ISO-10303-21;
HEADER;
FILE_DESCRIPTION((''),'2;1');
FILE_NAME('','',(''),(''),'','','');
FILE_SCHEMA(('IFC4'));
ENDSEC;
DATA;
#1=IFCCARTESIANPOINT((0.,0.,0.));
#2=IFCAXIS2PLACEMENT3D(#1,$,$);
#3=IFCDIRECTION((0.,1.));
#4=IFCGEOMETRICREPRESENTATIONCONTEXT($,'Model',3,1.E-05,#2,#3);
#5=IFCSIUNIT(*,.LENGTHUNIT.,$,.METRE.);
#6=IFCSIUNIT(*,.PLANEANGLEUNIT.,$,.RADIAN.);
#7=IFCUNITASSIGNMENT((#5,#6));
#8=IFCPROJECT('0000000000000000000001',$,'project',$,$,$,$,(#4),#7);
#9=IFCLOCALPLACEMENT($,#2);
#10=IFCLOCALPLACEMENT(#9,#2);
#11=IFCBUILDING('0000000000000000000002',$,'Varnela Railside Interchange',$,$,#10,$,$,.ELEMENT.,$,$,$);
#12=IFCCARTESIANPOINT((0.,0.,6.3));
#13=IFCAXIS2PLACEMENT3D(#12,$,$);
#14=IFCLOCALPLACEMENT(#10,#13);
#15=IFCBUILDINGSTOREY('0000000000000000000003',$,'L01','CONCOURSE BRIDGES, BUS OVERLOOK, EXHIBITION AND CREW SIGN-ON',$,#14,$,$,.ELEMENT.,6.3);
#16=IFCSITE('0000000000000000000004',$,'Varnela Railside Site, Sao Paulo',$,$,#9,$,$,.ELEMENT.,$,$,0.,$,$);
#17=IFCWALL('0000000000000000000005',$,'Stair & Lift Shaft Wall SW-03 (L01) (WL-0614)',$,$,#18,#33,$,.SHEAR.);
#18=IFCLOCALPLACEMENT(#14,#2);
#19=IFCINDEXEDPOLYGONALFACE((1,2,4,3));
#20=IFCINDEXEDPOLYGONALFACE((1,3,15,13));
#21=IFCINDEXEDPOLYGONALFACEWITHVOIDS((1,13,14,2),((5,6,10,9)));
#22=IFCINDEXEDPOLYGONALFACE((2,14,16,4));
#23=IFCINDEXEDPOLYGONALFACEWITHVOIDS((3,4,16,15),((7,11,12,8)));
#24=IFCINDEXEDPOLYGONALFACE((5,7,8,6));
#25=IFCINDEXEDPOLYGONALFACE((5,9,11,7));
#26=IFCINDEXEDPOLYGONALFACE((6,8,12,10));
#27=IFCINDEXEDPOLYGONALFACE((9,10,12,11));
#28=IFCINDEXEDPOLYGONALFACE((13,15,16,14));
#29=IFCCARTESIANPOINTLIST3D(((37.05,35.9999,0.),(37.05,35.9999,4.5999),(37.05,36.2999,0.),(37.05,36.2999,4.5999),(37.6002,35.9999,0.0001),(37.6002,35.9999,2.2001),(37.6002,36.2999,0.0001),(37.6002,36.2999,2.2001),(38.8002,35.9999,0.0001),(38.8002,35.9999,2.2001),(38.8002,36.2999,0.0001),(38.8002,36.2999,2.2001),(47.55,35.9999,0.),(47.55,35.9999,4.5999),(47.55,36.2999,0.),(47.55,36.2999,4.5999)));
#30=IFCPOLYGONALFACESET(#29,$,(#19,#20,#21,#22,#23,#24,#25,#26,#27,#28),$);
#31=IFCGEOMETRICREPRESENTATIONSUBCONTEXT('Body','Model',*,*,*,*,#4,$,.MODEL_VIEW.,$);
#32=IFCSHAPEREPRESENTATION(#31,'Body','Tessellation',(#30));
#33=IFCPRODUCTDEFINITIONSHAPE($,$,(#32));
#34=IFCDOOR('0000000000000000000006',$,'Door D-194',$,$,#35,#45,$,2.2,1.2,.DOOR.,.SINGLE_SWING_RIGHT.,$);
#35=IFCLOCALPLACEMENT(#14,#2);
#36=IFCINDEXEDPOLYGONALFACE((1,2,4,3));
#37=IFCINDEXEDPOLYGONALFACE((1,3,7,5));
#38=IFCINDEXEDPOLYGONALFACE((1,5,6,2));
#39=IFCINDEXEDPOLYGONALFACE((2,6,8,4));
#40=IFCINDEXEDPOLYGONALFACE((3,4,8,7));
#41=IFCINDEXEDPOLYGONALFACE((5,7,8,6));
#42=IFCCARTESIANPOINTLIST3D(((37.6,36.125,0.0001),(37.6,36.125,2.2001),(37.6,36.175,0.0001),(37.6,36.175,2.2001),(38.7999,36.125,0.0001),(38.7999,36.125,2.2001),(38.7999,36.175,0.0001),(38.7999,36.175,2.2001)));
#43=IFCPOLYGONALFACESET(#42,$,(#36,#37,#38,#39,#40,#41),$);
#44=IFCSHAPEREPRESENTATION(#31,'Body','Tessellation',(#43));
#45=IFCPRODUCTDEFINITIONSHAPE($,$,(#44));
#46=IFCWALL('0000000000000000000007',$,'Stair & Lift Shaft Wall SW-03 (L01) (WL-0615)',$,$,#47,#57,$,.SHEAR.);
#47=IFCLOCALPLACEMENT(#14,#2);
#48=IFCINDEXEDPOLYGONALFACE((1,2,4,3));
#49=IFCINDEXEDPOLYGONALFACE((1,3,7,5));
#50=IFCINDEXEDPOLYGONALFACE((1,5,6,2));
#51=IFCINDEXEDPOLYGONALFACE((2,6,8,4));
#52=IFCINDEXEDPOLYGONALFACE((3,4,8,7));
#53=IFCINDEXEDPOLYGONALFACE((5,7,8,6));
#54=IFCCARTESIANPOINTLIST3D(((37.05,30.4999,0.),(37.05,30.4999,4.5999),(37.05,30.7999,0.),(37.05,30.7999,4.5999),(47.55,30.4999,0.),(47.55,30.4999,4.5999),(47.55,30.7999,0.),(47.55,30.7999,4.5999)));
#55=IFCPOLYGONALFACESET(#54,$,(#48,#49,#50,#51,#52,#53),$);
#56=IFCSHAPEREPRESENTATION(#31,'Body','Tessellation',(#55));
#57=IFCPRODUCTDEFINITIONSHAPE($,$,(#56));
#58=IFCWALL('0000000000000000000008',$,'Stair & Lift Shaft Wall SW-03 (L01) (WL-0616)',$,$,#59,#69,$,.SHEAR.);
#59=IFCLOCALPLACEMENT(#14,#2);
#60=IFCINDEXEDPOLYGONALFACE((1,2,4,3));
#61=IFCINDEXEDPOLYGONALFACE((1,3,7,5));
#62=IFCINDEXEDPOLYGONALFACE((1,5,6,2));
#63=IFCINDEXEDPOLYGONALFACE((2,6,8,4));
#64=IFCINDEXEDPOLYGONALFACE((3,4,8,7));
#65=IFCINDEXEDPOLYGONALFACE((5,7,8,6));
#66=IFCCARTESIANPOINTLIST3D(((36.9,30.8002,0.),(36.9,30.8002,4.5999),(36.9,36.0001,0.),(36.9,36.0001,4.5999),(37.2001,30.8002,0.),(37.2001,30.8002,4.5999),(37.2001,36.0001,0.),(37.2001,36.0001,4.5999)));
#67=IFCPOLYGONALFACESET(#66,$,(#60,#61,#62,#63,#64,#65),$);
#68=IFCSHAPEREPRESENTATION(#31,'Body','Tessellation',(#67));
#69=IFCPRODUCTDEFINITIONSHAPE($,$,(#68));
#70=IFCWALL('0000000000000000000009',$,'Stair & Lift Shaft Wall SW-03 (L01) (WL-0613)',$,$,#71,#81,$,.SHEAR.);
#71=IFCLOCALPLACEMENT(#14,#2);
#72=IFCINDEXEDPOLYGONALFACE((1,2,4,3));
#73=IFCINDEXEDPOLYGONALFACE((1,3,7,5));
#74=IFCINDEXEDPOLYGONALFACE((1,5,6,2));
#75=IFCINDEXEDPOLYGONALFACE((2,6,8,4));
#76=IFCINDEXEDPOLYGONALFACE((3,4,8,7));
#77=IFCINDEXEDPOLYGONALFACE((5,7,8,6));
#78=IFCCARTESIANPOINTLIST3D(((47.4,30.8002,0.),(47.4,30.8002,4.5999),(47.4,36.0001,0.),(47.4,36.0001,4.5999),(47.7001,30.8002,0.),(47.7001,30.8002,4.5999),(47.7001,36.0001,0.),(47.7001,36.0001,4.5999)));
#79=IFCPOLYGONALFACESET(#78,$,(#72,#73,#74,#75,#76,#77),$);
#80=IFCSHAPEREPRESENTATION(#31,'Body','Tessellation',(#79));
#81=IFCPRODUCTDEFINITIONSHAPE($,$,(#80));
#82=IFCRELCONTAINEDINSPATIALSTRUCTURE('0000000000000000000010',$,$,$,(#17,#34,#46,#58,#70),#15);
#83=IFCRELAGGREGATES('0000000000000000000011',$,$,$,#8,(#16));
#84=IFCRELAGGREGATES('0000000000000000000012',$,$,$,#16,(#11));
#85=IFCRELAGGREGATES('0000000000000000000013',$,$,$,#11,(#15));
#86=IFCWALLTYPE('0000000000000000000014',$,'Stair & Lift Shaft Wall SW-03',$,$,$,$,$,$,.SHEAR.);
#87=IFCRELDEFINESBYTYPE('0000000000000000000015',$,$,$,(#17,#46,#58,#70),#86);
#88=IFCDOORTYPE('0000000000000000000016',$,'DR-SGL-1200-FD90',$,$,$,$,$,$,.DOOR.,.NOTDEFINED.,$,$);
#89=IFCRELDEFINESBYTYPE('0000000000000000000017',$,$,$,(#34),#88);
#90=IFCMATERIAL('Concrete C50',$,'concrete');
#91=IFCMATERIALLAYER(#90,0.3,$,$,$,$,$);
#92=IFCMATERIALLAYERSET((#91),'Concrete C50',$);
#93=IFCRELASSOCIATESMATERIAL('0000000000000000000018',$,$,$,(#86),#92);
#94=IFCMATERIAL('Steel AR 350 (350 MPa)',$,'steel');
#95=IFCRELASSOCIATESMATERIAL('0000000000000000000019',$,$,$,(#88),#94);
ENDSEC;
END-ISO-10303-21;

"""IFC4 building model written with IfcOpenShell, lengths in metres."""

from ifc_helpers import new_model, si_unit, direction, frame, frame_2d, origin, place, context, subcontext, project, spatial, rectangle, extrude, material, layer, layer_set, type_object, element, fill, save


model = new_model("IFC4")

# Units and contexts
model_context = context("Model", 3, precision=1e-05, world=origin(), true_north=direction((0.0, 1.0)))
body_context = subcontext(model_context, "Body", "Model", "MODEL_VIEW")
ifc_project = project(units=[si_unit("LENGTHUNIT", "METRE"), si_unit("PLANEANGLEUNIT", "RADIAN")], contexts=[model_context])

# Site, building, storey
site_placement = place(None, origin())
site = spatial("IfcSite", under=ifc_project, at=site_placement, Name="Varnela Railside Site, Sao Paulo", CompositionType="ELEMENT", RefElevation=0.0)
building_placement = place(site_placement, origin())
building = spatial("IfcBuilding", under=site, at=building_placement, Name="Varnela Railside Interchange", CompositionType="ELEMENT")
storey_placement = place(building_placement, frame((0.0, 0.0, 6.3)))
storey = spatial("IfcBuildingStorey", under=building, at=storey_placement, Name="L01", Description="CONCOURSE BRIDGES, BUS OVERLOOK, EXHIBITION AND CREW SIGN-ON", CompositionType="ELEMENT", Elevation=6.3)

# Shared definitions
ifc_material_1 = material(Name="Concrete C50", Category="concrete")

# Wall, opening, door
ifc_layer_1 = layer(ifc_material_1, 0.3)
ifc_layer_set_1 = layer_set([ifc_layer_1], Name="Concrete C50")
wall_type_1 = type_object("IfcWallType", Name="Stair & Lift Shaft Wall SW-03", PredefinedType="SHEAR", material=ifc_layer_set_1)
wall_1_placement = place(storey_placement, frame((37.05, 36.1499, 0.0), z_axis=(0.0, 0.0, 1.0), x_axis=(1.0, 0.0, 0.0)))
wall_1 = element("IfcWall", 1, at=wall_1_placement, inside=storey, type_object=wall_type_1, Name="Stair & Lift Shaft Wall SW-03 (L01) (WL-0614)", PredefinedType="SHEAR", context=body_context, shape_type="SweptSolid", body=[
    extrude(rectangle(XDim=10.5, YDim=0.3, at=frame_2d((5.25, 0.0))), origin(), (0.0, 0.0, 1.0), 4.5999),
])
opening_1_placement = place(wall_1_placement, frame((0.55, 0.0, 0.0)))
opening_1 = element("IfcOpeningElement", 2, at=opening_1_placement, cuts=wall_1, PredefinedType="OPENING", context=body_context, shape_type="SweptSolid", body=[
    extrude(rectangle(XDim=1.2, YDim=2.2, at=frame_2d((0.6001, 1.1001))), frame((0.0, 0.1599, 0.0), z_axis=(0.0, -1.0, 0.0), x_axis=(1.0, 0.0, 0.0)), (0.0, 0.0, 1.0), 0.3201),
])
ifc_material_2 = material(Name="Steel AR 350 (350 MPa)", Category="steel")
door_type = type_object("IfcDoorType", Name="DR-SGL-1200-FD90", OperationType="NOTDEFINED", PredefinedType="DOOR", material=ifc_material_2)
door_placement = place(opening_1_placement, frame((1.2, 0.0, 0.0), z_axis=(0.0, 0.0, 1.0), x_axis=(-1.0, 0.0, 0.0)))
door = element("IfcDoor", 3, at=door_placement, inside=storey, type_object=door_type, Name="Door D-194", OperationType="SINGLE_SWING_RIGHT", OverallHeight=2.2, OverallWidth=1.2, PredefinedType="DOOR", context=body_context, shape_type="SweptSolid", body=[
    extrude(rectangle(XDim=1.2, YDim=2.2, at=frame_2d((0.6001, 1.1001))), frame((0.0, 0.0249, 0.0), z_axis=(0.0, -1.0, 0.0), x_axis=(1.0, 0.0, 0.0)), (0.0, 0.0, 1.0), 0.05),
])
fill(opening_1, door)

# Walls
wall_2_placement = place(storey_placement, frame((37.05, 30.6499, 0.0), z_axis=(0.0, 0.0, 1.0), x_axis=(1.0, 0.0, 0.0)))
element("IfcWall", 4, at=wall_2_placement, inside=storey, type_object=wall_type_1, Name="Stair & Lift Shaft Wall SW-03 (L01) (WL-0615)", PredefinedType="SHEAR", context=body_context, shape_type="SweptSolid", body=[
    extrude(rectangle(XDim=10.5, YDim=0.3, at=frame_2d((5.25, 0.0))), origin(), (0.0, 0.0, 1.0), 4.5999),
])
for number, where, z_axis, x_axis, name in (
    (5, (37.05, 30.8, 0.0), (0.0, 0.0, 1.0), (0.0, 1.0, 0.0), "Stair & Lift Shaft Wall SW-03 (L01) (WL-0616)"),
    (6, (47.55, 30.8, 0.0), (0.0, 0.0, 1.0), (0.0, 1.0, 0.0), "Stair & Lift Shaft Wall SW-03 (L01) (WL-0613)"),
):
    element("IfcWall", number, at=place(storey_placement, frame(where, z_axis=z_axis, x_axis=x_axis)), inside=storey, type_object=wall_type_1, Name=name, PredefinedType="SHEAR", context=body_context, shape_type="SweptSolid", body=[
        extrude(rectangle(XDim=5.2, YDim=0.3, at=frame_2d((2.6001, 0.0))), origin(), (0.0, 0.0, 1.0), 4.5999),
    ])

save(model, "model.ifc")
